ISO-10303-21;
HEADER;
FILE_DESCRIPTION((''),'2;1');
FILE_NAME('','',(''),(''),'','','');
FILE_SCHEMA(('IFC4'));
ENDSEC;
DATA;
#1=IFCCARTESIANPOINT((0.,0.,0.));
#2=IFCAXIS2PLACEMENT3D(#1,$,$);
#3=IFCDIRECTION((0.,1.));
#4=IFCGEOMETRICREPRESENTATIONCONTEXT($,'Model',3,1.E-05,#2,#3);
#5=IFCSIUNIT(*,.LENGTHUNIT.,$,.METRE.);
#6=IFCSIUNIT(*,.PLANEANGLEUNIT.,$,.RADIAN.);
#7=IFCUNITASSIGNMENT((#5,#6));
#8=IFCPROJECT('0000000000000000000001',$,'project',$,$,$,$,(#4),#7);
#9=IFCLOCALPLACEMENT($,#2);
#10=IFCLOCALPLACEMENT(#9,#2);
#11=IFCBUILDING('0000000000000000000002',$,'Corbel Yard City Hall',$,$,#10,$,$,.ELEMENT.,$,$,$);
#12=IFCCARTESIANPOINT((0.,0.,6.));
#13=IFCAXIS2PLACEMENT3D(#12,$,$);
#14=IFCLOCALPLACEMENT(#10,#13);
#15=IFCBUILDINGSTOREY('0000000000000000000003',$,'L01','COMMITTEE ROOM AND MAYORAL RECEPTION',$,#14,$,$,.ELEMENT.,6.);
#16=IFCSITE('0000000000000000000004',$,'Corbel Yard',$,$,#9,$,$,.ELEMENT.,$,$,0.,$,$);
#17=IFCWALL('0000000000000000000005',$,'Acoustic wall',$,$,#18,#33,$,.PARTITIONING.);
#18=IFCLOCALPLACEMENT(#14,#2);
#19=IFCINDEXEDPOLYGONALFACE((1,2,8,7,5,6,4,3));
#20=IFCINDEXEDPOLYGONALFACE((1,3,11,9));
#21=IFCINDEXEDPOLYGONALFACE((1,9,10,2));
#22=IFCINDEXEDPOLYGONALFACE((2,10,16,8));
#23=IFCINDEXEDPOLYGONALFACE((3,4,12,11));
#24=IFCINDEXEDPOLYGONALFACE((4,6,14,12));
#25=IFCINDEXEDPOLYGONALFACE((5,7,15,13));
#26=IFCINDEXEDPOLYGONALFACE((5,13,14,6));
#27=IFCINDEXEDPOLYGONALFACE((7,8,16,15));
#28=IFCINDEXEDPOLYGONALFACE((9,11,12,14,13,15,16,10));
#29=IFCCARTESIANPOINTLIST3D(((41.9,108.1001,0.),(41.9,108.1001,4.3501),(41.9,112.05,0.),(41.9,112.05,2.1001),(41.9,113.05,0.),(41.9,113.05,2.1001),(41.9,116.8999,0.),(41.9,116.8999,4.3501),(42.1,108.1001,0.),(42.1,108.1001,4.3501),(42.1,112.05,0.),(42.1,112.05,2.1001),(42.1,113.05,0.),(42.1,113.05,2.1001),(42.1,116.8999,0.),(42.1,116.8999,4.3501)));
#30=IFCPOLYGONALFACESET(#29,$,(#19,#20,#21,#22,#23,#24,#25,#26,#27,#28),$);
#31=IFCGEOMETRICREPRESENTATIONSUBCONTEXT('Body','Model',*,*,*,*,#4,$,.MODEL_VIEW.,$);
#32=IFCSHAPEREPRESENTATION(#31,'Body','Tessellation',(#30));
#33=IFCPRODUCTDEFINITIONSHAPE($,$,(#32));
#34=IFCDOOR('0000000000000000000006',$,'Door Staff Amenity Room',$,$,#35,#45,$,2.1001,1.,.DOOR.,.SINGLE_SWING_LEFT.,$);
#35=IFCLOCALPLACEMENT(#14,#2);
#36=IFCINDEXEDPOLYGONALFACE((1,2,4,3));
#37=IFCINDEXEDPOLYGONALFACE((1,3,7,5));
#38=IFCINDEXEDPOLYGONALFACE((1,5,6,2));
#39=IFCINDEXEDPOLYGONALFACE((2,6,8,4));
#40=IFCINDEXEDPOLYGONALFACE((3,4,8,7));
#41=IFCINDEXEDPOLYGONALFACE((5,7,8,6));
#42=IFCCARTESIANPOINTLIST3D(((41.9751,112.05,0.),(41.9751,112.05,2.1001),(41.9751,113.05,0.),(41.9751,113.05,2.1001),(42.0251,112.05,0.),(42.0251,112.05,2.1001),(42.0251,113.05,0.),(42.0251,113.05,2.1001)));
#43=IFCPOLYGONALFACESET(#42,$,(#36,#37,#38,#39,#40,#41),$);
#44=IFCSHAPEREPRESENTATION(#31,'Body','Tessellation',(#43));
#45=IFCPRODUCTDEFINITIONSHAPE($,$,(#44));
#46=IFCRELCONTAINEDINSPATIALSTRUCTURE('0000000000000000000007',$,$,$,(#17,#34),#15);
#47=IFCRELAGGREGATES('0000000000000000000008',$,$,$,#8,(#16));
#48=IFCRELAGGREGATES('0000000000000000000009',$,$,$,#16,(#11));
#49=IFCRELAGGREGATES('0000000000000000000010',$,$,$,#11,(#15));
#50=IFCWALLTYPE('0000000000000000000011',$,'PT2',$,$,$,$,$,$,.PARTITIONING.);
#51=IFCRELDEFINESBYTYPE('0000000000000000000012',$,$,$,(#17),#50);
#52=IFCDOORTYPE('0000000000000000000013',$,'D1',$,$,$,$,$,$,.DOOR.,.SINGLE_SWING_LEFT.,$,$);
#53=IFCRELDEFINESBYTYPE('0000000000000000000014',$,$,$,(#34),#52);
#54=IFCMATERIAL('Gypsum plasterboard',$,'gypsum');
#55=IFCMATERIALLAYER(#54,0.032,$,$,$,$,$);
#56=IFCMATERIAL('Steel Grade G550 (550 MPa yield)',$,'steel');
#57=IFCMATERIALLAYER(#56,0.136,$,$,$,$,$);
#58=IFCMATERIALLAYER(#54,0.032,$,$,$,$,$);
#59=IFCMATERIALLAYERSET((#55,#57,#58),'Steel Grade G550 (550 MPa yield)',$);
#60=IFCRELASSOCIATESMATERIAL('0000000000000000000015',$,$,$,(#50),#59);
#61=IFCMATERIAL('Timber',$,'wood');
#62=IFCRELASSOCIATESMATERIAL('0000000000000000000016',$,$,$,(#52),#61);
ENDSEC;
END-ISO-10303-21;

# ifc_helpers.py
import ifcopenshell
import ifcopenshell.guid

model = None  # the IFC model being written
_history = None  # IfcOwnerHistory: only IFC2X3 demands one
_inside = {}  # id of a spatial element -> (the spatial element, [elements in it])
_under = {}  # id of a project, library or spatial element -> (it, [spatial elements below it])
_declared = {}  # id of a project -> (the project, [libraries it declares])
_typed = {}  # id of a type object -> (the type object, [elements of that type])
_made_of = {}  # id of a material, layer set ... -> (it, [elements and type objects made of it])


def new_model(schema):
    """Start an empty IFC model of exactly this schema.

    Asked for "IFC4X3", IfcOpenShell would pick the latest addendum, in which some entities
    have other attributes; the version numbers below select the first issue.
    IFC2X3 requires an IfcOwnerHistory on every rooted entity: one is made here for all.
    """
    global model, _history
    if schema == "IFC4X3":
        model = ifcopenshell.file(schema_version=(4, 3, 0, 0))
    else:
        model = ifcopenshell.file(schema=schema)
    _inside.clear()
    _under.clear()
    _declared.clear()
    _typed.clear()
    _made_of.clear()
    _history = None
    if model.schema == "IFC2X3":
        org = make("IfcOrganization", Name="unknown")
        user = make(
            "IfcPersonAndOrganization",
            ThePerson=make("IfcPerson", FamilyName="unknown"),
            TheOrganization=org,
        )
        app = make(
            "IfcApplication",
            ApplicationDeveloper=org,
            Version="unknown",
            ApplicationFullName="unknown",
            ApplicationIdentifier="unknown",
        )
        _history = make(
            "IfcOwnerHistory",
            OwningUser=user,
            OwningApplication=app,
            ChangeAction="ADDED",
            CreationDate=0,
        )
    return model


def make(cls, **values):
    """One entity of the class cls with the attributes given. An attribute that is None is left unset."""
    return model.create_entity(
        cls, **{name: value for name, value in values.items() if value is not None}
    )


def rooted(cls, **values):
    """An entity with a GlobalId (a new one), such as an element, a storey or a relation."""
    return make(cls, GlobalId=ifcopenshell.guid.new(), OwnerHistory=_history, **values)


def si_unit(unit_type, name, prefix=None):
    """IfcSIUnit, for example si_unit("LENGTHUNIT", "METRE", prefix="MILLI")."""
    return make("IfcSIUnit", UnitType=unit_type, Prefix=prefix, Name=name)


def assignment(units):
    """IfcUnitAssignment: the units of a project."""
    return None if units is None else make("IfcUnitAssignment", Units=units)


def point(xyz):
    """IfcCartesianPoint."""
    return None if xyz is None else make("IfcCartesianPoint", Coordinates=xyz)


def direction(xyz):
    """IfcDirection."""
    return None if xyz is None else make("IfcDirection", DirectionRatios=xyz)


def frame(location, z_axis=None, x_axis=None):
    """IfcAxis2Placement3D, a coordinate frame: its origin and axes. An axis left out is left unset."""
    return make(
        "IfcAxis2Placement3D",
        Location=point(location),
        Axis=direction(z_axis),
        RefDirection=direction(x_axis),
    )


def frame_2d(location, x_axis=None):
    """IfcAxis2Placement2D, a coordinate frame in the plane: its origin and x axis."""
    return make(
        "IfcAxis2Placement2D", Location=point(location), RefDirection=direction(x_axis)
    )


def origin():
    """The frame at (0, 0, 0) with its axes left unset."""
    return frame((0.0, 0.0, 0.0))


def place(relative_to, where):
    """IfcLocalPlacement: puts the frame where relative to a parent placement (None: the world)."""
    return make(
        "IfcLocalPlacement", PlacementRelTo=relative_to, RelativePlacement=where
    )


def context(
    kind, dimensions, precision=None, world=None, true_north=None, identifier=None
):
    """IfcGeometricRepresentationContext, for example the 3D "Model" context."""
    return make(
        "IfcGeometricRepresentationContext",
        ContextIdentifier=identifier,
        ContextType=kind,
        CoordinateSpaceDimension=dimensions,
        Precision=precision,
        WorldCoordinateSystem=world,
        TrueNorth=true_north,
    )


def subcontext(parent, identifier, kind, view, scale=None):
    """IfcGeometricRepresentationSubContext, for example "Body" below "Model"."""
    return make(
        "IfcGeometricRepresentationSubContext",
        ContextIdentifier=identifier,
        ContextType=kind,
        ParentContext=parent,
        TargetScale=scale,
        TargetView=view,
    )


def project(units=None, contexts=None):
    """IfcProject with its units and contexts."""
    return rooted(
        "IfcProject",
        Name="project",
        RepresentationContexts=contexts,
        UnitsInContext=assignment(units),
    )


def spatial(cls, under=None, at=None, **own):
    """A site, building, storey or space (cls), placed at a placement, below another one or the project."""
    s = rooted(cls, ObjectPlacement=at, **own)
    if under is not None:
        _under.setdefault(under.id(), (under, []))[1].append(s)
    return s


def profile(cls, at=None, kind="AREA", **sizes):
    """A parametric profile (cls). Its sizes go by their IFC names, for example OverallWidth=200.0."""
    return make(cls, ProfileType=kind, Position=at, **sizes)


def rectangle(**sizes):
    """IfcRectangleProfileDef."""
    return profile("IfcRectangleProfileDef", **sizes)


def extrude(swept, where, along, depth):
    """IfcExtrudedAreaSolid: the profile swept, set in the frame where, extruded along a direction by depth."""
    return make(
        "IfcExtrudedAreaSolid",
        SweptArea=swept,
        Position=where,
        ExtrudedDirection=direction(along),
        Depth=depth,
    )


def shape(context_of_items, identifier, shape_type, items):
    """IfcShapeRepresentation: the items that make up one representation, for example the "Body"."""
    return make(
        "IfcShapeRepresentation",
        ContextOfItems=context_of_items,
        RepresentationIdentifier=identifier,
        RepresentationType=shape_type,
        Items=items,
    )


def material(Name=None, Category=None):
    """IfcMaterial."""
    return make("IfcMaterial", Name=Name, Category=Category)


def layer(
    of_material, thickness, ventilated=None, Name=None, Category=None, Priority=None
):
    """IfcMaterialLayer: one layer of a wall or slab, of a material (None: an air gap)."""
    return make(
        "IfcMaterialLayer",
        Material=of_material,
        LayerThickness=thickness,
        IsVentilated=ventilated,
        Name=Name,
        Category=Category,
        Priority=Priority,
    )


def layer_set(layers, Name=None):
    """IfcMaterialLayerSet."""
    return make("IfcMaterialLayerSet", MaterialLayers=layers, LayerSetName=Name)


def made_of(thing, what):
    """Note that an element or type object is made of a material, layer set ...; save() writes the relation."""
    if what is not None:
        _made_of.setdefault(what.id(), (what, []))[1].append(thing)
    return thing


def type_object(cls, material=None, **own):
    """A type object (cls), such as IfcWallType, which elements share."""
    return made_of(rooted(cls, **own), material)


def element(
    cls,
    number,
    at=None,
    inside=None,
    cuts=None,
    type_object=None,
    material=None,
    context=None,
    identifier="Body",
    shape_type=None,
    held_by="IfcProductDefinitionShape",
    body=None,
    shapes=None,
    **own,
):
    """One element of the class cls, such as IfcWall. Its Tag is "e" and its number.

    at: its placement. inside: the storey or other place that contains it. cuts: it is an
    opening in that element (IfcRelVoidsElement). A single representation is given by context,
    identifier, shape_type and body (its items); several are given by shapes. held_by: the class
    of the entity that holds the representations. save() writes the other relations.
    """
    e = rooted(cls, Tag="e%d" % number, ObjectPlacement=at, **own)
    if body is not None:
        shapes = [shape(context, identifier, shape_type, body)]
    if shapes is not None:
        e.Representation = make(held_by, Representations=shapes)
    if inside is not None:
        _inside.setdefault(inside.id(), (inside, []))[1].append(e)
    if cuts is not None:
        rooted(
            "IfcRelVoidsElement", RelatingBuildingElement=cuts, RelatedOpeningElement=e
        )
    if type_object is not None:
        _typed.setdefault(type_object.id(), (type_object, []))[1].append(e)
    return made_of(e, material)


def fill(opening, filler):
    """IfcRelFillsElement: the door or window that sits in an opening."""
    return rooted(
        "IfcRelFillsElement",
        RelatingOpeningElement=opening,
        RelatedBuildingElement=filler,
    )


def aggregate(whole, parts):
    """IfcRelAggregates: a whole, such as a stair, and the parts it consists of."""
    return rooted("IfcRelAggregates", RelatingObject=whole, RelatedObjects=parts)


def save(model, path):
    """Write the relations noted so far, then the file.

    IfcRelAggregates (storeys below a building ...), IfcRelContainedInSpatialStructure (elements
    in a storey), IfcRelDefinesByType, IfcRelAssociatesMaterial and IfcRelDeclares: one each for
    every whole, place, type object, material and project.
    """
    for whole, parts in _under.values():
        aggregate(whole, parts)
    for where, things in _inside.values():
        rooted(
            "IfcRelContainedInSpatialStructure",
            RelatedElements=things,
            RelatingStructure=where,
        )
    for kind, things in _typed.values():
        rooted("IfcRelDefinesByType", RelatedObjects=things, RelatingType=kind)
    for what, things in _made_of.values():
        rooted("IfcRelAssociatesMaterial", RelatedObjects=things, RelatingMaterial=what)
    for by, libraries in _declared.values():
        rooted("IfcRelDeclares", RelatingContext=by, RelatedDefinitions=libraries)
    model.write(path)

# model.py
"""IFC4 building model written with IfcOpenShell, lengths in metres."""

from ifc_helpers import new_model, si_unit, direction, frame, frame_2d, origin, place, context, subcontext, project, spatial, rectangle, extrude, material, layer, layer_set, type_object, element, fill, save


model = new_model("IFC4")

# Units and contexts
model_context = context("Model", 3, precision=1e-05, world=origin(), true_north=direction((0.0, 1.0)))
body_context = subcontext(model_context, "Body", "Model", "MODEL_VIEW")
ifc_project = project(units=[si_unit("LENGTHUNIT", "METRE"), si_unit("PLANEANGLEUNIT", "RADIAN")], contexts=[model_context])

# Site, building, storey
site_placement = place(None, origin())
site = spatial("IfcSite", under=ifc_project, at=site_placement, Name="Corbel Yard", CompositionType="ELEMENT", RefElevation=0.0)
building_placement = place(site_placement, origin())
building = spatial("IfcBuilding", under=site, at=building_placement, Name="Corbel Yard City Hall", CompositionType="ELEMENT")
storey_placement = place(building_placement, frame((0.0, 0.0, 6.0)))
storey = spatial("IfcBuildingStorey", under=building, at=storey_placement, Name="L01", Description="COMMITTEE ROOM AND MAYORAL RECEPTION", CompositionType="ELEMENT", Elevation=6.0)

# Shared definitions
ifc_material_1 = material(Name="Gypsum plasterboard", Category="gypsum")
ifc_layer_1 = layer(ifc_material_1, 0.032)
ifc_material_2 = material(Name="Steel Grade G550 (550 MPa yield)", Category="steel")
ifc_layer_2 = layer(ifc_material_2, 0.136)
ifc_layer_3 = layer(ifc_material_1, 0.032)
ifc_layer_set_1 = layer_set([ifc_layer_1, ifc_layer_2, ifc_layer_3], Name="Steel Grade G550 (550 MPa yield)")
wall_type_1 = type_object("IfcWallType", Name="PT2", PredefinedType="PARTITIONING", material=ifc_layer_set_1)

# Shared definitions
ifc_material_3 = material(Name="Timber", Category="wood")

# Wall, opening, door
wall_1_placement = place(storey_placement, frame((42.0, 108.1001, 0.0), z_axis=(0.0, 0.0, 1.0), x_axis=(0.0, 1.0, 0.0)))
wall_1 = element("IfcWall", 1, at=wall_1_placement, inside=storey, type_object=wall_type_1, Name="Acoustic wall", PredefinedType="PARTITIONING", context=body_context, shape_type="SweptSolid", body=[
    extrude(rectangle(XDim=8.7998, YDim=0.2, at=frame_2d((4.3999, 0.0))), origin(), (0.0, 0.0, 1.0), 4.3501),
])
opening_1_placement = place(wall_1_placement, frame((3.95, 0.0, 0.0)))
opening_1 = element("IfcOpeningElement", 2, at=opening_1_placement, cuts=wall_1, PredefinedType="OPENING", context=body_context, shape_type="SweptSolid", body=[
    extrude(rectangle(XDim=1.0, YDim=2.1001, at=frame_2d((0.5, 1.05))), frame((0.0, 0.1099, 0.0), z_axis=(0.0, -1.0, 0.0), x_axis=(1.0, 0.0, 0.0)), (0.0, 0.0, 1.0), 0.22),
])
door_type_1 = type_object("IfcDoorType", Name="D1", OperationType="SINGLE_SWING_LEFT", PredefinedType="DOOR", material=ifc_material_3)
door_1_placement = place(opening_1_placement, origin())
door_1 = element("IfcDoor", 3, at=door_1_placement, inside=storey, type_object=door_type_1, Name="Door Staff Amenity Room", OperationType="SINGLE_SWING_LEFT", OverallHeight=2.1001, OverallWidth=1.0, PredefinedType="DOOR", context=body_context, shape_type="SweptSolid", body=[
    extrude(rectangle(XDim=1.0, YDim=2.1001, at=frame_2d((0.5, 1.05))), frame((0.0, 0.0249, 0.0), z_axis=(0.0, -1.0, 0.0), x_axis=(1.0, 0.0, 0.0)), (0.0, 0.0, 1.0), 0.05),
])
fill(opening_1, door_1)

save(model, "model.ifc")
